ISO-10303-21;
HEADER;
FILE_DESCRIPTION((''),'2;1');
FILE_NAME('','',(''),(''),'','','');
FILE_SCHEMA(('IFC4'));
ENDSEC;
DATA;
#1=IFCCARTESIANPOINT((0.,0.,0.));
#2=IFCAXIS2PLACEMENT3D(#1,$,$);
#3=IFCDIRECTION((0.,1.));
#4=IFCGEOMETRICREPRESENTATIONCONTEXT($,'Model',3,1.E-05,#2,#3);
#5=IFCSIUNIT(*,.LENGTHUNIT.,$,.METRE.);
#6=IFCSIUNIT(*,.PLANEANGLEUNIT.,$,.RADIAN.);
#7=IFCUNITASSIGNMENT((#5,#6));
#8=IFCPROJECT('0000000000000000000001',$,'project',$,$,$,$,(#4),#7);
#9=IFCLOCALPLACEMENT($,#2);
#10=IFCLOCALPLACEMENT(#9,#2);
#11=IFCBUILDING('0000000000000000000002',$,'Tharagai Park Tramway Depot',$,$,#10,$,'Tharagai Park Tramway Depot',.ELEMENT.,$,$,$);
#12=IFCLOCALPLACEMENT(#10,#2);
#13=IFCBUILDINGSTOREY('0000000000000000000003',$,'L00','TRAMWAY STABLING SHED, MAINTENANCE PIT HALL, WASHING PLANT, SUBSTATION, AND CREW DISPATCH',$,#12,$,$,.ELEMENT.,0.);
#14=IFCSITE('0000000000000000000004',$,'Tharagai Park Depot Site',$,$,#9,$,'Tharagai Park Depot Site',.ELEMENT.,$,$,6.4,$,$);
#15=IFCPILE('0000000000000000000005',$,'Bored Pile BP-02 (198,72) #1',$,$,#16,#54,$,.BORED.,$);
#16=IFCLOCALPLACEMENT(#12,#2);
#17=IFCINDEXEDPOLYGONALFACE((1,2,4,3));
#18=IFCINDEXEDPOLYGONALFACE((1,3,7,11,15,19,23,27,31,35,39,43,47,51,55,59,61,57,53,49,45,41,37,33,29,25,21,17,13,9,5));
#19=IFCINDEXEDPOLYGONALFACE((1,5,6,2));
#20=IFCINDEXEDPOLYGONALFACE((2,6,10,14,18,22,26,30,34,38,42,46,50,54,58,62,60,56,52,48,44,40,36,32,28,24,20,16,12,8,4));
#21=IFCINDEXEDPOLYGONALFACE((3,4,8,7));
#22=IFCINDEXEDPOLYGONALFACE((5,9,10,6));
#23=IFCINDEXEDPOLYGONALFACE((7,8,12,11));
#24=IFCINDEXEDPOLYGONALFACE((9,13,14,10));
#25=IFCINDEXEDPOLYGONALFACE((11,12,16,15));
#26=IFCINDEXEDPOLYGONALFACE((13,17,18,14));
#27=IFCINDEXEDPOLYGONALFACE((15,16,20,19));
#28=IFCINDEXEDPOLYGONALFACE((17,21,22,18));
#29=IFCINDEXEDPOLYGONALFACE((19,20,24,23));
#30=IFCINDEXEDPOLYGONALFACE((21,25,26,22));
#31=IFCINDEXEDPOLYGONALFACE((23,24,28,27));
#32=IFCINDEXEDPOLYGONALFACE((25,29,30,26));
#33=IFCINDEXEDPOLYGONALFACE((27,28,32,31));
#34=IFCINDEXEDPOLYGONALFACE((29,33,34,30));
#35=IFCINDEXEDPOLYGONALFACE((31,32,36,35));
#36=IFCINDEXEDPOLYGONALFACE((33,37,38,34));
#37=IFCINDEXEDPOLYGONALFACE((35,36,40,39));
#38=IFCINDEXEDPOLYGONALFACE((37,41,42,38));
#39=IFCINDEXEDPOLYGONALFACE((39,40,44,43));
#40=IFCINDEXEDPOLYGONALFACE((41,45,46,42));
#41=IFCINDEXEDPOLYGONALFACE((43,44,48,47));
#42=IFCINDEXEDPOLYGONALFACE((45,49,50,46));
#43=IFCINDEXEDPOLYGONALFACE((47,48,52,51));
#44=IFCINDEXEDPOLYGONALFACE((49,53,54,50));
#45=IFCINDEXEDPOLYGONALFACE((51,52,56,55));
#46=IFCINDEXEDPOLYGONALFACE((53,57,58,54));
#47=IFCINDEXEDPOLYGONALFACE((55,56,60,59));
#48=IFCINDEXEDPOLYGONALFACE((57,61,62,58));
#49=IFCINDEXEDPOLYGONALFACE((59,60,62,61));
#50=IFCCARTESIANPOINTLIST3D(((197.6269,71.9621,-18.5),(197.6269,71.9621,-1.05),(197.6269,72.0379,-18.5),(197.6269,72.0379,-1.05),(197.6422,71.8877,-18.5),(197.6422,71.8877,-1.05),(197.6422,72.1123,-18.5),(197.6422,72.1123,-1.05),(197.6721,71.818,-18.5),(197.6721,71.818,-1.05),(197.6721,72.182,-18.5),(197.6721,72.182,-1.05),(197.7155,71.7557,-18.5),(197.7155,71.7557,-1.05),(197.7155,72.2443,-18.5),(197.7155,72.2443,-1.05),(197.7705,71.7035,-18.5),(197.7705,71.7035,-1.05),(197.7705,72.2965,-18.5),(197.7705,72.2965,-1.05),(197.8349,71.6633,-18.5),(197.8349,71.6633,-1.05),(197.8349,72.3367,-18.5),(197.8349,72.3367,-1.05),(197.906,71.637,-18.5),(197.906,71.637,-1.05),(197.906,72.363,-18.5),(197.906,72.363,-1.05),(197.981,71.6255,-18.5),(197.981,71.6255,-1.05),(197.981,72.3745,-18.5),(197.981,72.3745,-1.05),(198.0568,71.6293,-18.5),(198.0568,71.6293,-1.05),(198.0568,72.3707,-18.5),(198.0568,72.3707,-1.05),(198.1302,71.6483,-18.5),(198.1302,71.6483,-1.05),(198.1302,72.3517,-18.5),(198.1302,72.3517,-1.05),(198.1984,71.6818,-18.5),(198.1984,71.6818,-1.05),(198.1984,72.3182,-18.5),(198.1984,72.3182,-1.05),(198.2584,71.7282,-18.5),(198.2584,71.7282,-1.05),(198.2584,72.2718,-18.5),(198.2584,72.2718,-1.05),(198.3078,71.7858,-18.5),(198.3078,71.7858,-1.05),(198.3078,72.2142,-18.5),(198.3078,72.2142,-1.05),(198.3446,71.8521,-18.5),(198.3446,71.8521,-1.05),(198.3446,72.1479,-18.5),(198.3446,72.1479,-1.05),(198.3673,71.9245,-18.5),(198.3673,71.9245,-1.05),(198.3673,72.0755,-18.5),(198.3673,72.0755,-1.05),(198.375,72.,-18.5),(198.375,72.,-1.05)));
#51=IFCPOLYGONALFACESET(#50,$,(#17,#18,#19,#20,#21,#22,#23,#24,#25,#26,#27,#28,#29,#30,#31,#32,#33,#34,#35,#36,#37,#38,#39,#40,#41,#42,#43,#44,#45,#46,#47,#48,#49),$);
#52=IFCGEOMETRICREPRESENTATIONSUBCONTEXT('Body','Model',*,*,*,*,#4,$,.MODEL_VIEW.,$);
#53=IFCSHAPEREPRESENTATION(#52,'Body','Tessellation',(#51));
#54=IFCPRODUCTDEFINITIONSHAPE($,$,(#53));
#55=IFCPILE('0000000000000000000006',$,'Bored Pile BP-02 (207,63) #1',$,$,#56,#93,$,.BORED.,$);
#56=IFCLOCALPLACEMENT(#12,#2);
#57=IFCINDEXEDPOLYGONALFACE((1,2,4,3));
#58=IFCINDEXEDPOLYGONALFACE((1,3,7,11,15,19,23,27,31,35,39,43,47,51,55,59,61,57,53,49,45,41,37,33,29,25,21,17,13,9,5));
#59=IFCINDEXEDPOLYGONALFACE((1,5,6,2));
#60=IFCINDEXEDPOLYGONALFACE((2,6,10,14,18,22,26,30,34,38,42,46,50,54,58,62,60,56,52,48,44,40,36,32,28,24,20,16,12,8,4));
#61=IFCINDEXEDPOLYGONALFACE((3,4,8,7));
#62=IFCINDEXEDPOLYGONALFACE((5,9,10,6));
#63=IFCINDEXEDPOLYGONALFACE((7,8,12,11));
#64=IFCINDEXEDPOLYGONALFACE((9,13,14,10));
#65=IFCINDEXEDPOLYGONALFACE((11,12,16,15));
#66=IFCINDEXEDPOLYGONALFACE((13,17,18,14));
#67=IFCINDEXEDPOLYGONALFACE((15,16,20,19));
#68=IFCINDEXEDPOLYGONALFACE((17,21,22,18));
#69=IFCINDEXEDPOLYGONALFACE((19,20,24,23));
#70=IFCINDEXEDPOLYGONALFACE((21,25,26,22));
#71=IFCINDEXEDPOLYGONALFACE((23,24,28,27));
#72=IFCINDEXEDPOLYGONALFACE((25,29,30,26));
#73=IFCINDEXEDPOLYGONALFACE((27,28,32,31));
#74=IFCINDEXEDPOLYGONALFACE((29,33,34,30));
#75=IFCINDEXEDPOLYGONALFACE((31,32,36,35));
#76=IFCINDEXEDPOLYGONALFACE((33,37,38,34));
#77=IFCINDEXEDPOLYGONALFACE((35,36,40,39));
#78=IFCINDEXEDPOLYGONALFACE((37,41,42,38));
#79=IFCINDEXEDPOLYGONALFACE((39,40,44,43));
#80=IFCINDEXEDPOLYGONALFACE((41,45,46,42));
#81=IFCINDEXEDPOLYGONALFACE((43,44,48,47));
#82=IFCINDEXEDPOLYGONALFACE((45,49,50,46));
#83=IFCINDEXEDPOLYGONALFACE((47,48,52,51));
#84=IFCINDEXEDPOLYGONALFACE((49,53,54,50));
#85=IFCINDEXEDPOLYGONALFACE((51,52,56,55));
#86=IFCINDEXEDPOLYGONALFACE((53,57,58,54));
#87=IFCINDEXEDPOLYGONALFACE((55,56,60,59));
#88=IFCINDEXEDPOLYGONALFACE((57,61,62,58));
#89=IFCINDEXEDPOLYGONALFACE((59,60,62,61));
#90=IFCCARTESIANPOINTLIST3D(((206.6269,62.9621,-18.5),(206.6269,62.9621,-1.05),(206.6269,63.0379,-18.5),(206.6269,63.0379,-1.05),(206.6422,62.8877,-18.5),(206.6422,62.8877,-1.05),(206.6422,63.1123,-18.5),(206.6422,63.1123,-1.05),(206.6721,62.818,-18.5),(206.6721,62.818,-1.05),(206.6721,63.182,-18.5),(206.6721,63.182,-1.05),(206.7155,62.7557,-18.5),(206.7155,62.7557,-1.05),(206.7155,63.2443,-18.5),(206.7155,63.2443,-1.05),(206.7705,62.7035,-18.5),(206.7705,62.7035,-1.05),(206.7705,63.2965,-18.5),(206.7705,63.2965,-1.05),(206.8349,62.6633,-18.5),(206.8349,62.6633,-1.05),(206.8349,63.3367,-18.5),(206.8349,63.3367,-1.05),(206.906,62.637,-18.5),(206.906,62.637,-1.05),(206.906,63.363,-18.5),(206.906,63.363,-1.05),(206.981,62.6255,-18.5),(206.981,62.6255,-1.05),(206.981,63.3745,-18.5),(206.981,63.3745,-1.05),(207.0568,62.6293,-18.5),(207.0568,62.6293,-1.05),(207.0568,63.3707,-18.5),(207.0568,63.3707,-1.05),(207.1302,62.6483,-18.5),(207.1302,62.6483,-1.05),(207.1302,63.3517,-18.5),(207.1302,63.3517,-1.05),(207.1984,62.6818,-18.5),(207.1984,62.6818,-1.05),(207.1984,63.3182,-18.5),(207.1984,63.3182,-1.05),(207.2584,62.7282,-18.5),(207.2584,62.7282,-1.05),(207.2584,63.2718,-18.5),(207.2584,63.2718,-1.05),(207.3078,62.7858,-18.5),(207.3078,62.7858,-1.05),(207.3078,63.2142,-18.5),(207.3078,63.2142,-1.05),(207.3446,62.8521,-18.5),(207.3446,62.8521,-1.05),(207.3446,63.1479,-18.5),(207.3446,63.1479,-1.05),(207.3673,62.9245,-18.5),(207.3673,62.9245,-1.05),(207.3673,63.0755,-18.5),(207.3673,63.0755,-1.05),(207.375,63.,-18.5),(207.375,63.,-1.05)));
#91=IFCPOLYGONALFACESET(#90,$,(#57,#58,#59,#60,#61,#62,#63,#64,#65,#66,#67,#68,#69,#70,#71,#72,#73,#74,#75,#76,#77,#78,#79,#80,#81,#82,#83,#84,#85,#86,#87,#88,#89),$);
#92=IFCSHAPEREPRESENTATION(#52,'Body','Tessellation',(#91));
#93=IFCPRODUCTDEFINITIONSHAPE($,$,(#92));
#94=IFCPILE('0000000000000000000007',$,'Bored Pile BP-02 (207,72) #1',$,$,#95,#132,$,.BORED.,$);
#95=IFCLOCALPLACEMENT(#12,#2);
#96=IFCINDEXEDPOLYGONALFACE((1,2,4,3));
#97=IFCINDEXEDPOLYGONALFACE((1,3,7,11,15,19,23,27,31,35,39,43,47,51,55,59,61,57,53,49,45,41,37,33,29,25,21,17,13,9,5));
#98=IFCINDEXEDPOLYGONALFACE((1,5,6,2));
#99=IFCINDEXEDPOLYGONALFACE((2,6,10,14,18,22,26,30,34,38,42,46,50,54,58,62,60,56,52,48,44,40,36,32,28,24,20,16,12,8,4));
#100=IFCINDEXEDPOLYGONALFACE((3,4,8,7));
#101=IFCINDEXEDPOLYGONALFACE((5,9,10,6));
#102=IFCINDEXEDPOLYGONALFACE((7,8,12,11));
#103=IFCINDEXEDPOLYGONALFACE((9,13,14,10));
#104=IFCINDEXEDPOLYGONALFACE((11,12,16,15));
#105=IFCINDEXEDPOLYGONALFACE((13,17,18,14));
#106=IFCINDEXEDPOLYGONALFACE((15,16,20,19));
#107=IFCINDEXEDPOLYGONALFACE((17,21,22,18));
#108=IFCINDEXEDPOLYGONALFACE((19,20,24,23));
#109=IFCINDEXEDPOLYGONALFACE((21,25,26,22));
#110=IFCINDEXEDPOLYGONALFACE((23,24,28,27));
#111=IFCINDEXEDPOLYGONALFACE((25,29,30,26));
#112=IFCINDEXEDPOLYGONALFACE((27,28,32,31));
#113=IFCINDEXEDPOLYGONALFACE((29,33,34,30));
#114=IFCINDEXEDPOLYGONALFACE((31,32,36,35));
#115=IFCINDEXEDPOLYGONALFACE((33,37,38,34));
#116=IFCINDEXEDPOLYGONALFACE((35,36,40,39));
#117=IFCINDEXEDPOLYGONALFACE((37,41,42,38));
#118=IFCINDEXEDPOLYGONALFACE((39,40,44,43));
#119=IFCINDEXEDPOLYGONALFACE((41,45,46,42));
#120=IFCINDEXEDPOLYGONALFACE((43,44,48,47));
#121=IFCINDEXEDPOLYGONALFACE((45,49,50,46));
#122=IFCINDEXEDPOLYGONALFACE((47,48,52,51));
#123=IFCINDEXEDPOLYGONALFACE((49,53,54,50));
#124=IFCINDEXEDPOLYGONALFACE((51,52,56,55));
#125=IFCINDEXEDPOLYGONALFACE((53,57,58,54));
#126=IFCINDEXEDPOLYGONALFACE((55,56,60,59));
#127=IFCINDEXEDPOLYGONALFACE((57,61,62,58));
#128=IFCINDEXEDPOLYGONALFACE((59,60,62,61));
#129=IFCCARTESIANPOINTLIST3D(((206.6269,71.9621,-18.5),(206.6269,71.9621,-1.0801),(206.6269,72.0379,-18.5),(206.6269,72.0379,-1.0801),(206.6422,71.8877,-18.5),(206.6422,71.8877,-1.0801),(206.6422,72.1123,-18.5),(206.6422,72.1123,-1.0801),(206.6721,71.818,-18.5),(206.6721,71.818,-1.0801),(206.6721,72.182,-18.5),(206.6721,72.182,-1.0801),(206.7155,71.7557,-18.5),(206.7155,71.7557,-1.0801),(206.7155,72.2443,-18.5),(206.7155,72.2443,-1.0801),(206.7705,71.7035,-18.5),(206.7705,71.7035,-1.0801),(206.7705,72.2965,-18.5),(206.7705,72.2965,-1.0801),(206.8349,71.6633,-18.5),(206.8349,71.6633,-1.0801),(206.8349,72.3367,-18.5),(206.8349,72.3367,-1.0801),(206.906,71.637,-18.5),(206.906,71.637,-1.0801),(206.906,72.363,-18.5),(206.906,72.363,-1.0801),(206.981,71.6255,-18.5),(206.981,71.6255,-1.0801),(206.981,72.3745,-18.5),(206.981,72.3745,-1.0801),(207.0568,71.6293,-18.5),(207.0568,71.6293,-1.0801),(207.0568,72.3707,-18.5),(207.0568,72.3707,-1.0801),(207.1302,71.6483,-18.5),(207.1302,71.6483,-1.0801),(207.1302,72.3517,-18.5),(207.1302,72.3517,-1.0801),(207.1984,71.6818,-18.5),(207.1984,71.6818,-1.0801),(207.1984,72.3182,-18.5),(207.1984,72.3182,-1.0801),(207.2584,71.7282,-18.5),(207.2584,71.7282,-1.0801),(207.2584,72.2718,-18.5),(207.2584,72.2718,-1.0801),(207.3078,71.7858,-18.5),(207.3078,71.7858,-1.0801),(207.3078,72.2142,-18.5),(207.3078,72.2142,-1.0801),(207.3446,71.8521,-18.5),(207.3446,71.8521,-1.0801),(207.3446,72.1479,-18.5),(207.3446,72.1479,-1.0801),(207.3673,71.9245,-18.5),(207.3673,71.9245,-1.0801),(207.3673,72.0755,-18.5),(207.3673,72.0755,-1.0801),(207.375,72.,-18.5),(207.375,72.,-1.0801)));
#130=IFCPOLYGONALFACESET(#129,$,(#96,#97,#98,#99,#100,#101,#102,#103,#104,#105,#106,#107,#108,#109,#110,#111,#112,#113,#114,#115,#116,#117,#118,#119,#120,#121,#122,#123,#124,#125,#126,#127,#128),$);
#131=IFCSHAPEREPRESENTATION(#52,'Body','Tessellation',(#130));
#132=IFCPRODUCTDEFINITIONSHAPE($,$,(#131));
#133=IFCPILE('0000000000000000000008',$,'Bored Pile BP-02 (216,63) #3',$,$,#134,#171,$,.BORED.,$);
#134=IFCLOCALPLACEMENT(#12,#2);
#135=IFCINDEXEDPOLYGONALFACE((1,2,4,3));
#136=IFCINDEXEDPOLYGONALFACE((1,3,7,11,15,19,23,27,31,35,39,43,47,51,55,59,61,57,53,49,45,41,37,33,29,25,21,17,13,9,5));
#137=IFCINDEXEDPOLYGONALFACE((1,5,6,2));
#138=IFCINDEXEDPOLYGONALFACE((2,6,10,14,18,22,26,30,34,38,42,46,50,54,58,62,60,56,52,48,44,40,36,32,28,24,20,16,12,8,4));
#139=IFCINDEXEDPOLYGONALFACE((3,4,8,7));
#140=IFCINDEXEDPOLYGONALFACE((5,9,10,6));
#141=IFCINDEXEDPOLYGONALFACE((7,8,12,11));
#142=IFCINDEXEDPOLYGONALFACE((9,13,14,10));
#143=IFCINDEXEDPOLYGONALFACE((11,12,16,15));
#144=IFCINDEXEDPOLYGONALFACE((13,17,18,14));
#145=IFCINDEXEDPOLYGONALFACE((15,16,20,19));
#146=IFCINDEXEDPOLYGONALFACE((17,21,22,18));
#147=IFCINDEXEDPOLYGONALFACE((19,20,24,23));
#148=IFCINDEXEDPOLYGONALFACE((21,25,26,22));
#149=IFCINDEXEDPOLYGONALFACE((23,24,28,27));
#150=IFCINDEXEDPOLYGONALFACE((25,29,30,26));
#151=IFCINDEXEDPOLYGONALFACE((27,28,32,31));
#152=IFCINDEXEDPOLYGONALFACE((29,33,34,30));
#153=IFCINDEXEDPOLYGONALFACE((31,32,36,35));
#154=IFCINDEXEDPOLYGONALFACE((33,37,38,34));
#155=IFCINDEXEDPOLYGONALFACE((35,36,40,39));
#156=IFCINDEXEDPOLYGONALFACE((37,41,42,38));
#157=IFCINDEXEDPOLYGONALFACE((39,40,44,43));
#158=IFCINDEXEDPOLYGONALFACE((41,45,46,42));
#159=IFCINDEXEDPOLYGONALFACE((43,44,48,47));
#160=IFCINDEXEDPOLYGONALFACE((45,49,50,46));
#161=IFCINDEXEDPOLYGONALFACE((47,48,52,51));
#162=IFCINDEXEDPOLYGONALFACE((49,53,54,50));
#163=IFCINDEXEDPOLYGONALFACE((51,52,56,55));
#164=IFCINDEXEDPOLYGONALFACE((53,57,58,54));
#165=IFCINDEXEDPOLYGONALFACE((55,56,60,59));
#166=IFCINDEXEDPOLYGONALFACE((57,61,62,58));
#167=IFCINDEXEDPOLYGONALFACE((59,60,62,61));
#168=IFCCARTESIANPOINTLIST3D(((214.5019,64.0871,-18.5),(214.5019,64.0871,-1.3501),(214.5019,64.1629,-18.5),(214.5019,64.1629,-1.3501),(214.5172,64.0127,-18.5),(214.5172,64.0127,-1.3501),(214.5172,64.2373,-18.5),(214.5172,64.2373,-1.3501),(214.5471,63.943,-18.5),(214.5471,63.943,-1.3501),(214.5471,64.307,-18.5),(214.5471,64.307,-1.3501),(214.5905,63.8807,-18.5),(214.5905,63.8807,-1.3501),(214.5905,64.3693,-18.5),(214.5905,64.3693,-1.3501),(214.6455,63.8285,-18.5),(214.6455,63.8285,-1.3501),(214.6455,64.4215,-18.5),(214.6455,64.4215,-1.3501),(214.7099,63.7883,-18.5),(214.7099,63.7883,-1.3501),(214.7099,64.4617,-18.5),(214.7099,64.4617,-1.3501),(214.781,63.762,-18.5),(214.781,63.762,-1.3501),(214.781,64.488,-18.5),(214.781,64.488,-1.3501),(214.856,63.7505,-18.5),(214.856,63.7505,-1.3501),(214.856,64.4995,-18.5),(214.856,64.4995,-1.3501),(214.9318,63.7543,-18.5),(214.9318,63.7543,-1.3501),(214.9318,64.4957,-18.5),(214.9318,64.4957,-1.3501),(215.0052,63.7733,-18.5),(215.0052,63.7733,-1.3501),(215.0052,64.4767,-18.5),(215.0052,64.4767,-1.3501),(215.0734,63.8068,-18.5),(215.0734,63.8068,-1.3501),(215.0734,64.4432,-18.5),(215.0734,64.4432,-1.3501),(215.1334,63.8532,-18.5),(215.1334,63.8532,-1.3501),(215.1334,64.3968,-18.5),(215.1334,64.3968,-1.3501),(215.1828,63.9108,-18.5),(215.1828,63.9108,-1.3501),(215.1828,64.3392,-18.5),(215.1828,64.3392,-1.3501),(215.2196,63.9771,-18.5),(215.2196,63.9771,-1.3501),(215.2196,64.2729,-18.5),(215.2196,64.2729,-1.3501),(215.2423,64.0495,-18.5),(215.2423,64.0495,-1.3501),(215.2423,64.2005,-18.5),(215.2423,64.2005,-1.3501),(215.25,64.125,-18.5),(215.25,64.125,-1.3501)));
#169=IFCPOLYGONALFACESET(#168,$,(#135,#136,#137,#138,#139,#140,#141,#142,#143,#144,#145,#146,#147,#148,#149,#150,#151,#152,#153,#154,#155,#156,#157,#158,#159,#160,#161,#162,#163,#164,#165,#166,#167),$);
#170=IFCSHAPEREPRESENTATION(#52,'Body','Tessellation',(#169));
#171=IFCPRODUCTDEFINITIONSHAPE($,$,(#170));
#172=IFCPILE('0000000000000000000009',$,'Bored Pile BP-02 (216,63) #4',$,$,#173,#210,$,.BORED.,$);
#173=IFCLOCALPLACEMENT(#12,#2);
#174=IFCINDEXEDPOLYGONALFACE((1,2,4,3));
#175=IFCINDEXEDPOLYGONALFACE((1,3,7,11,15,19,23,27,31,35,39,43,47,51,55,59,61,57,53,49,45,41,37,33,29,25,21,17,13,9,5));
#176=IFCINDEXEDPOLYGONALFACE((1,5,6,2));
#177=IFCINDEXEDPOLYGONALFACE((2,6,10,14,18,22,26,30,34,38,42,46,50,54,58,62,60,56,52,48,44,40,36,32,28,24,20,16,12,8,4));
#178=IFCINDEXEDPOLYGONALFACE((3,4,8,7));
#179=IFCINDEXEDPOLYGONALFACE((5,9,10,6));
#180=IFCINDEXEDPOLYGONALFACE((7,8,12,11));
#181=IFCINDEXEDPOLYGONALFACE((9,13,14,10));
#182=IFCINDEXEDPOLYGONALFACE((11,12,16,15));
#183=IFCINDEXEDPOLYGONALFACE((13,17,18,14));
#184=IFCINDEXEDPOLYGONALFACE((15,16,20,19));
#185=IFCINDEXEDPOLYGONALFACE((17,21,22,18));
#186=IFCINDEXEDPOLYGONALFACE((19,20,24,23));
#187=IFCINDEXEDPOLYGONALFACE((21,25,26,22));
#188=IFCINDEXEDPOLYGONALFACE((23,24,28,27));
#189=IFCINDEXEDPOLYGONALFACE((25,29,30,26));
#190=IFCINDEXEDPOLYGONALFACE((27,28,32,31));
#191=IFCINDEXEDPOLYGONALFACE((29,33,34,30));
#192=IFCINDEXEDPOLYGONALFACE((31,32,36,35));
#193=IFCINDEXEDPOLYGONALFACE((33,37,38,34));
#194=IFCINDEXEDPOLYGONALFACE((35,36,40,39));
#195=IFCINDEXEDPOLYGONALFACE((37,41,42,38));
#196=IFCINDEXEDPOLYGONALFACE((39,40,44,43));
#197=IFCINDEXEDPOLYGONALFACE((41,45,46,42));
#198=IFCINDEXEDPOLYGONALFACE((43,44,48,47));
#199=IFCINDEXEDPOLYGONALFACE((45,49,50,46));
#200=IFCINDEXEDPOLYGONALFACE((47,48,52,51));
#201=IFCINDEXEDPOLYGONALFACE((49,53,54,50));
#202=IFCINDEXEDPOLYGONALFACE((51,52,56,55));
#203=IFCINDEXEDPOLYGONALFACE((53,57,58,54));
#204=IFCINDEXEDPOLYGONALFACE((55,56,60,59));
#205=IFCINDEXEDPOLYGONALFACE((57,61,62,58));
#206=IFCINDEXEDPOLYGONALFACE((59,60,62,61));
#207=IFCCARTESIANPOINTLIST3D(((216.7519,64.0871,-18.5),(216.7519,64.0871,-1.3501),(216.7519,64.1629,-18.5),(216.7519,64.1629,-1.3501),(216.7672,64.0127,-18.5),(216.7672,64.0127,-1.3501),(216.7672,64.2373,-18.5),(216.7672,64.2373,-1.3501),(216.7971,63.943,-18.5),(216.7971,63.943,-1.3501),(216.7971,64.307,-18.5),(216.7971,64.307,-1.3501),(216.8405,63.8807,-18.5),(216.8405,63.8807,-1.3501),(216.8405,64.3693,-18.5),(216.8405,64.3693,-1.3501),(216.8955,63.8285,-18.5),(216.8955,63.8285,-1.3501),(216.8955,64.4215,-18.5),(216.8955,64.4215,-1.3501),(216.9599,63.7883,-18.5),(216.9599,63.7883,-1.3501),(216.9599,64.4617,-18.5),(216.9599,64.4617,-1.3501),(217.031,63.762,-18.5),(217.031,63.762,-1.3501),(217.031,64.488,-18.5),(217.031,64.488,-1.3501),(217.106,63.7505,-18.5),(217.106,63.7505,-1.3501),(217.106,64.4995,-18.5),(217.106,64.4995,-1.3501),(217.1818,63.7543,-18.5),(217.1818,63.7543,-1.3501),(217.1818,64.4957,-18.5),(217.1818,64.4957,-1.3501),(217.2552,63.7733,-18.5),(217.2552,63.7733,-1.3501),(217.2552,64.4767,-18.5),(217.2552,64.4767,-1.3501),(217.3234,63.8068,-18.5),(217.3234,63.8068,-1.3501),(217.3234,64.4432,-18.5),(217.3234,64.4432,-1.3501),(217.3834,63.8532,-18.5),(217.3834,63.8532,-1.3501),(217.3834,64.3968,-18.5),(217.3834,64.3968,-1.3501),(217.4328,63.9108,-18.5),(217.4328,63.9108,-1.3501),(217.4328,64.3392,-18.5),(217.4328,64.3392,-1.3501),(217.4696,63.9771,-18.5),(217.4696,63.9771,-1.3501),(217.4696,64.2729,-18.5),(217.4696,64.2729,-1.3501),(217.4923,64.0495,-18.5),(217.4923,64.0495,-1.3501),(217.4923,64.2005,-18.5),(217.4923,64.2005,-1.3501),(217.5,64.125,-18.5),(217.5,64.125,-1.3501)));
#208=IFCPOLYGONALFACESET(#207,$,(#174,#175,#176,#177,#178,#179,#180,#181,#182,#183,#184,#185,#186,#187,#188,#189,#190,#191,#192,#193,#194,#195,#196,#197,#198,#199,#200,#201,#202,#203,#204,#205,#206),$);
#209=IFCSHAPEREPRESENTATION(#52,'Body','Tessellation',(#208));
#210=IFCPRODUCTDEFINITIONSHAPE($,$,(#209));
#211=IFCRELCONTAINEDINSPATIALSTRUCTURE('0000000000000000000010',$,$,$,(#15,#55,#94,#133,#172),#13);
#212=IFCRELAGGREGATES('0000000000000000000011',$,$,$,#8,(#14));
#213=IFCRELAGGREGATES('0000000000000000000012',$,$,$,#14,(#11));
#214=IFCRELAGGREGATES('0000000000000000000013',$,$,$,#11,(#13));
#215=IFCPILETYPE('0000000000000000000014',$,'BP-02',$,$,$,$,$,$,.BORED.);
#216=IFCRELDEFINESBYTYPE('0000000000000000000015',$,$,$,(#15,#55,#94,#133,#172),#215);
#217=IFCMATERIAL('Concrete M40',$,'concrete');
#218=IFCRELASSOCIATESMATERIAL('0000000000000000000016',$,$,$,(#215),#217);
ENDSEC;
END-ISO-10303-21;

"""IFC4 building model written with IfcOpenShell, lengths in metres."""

from ifc_helpers import new_model, si_unit, direction, frame, origin, origin_2d, place, context, subcontext, project, spatial, circle, extrude, material, material_profile, profile_set, type_object, element, save


model = new_model("IFC4")

# Units and contexts
model_context = context("Model", 3, precision=1e-05, world=origin(), true_north=direction((0.0, 1.0)))
body_context = subcontext(model_context, "Body", "Model", "MODEL_VIEW")
ifc_project = project(units=[si_unit("LENGTHUNIT", "METRE"), si_unit("PLANEANGLEUNIT", "RADIAN")], contexts=[model_context])

# Site, building, storey
site_placement = place(None, origin())
site = spatial("IfcSite", under=ifc_project, at=site_placement, Name="Tharagai Park Depot Site", LongName="Tharagai Park Depot Site", CompositionType="ELEMENT", RefElevation=6.4)
building_placement = place(site_placement, origin())
building = spatial("IfcBuilding", under=site, at=building_placement, Name="Tharagai Park Tramway Depot", LongName="Tharagai Park Tramway Depot", CompositionType="ELEMENT")
storey_placement = place(building_placement, origin())
storey = spatial("IfcBuildingStorey", under=building, at=storey_placement, Name="L00", Description="TRAMWAY STABLING SHED, MAINTENANCE PIT HALL, WASHING PLANT, SUBSTATION, AND CREW DISPATCH", CompositionType="ELEMENT", Elevation=0.0)

# Piles
ifc_material_1 = material(Name="Concrete M40", Category="concrete")
ifc_material_profile_1 = material_profile(ifc_material_1, circle(Radius=0.375, at=origin_2d()), Name="PILE D750")
ifc_profile_set_1 = profile_set([ifc_material_profile_1], Name="Concrete M40")
pile_type = type_object("IfcPileType", Name="BP-02", PredefinedType="BORED", material=ifc_profile_set_1)
for number, where, z_axis, x_axis, name in (
    (1, (198.0, 72.0, -1.05), (0.0, 0.0, -1.0), (1.0, 0.0, 0.0), "Bored Pile BP-02 (198,72) #1"),
    (2, (207.0, 63.0, -1.05), (0.0, 0.0, -1.0), (1.0, 0.0, 0.0), "Bored Pile BP-02 (207,63) #1"),
):
    element("IfcPile", number, at=place(storey_placement, frame(where, z_axis=z_axis, x_axis=x_axis)), inside=storey, type_object=pile_type, Name=name, PredefinedType="BORED", context=body_context, shape_type="SweptSolid", body=[
        extrude(circle(Radius=0.375, at=origin_2d()), origin(), (0.0, 0.0, 1.0), 17.45),
    ])
pile_placement = place(storey_placement, frame((207.0, 72.0, -1.0801), z_axis=(0.0, 0.0, -1.0), x_axis=(1.0, 0.0, 0.0)))
element("IfcPile", 3, at=pile_placement, inside=storey, type_object=pile_type, Name="Bored Pile BP-02 (207,72) #1", PredefinedType="BORED", context=body_context, shape_type="SweptSolid", body=[
    extrude(circle(Radius=0.375, at=origin_2d()), origin(), (0.0, 0.0, 1.0), 17.4199),
])
for number, where, z_axis, x_axis, name in (
    (4, (214.875, 64.125, -1.3501), (0.0, 0.0, -1.0), (1.0, 0.0, 0.0), "Bored Pile BP-02 (216,63) #3"),
    (5, (217.125, 64.125, -1.3501), (0.0, 0.0, -1.0), (1.0, 0.0, 0.0), "Bored Pile BP-02 (216,63) #4"),
):
    element("IfcPile", number, at=place(storey_placement, frame(where, z_axis=z_axis, x_axis=x_axis)), inside=storey, type_object=pile_type, Name=name, PredefinedType="BORED", context=body_context, shape_type="SweptSolid", body=[
        extrude(circle(Radius=0.375, at=origin_2d()), origin(), (0.0, 0.0, 1.0), 17.1499),
    ])

save(model, "model.ifc")
